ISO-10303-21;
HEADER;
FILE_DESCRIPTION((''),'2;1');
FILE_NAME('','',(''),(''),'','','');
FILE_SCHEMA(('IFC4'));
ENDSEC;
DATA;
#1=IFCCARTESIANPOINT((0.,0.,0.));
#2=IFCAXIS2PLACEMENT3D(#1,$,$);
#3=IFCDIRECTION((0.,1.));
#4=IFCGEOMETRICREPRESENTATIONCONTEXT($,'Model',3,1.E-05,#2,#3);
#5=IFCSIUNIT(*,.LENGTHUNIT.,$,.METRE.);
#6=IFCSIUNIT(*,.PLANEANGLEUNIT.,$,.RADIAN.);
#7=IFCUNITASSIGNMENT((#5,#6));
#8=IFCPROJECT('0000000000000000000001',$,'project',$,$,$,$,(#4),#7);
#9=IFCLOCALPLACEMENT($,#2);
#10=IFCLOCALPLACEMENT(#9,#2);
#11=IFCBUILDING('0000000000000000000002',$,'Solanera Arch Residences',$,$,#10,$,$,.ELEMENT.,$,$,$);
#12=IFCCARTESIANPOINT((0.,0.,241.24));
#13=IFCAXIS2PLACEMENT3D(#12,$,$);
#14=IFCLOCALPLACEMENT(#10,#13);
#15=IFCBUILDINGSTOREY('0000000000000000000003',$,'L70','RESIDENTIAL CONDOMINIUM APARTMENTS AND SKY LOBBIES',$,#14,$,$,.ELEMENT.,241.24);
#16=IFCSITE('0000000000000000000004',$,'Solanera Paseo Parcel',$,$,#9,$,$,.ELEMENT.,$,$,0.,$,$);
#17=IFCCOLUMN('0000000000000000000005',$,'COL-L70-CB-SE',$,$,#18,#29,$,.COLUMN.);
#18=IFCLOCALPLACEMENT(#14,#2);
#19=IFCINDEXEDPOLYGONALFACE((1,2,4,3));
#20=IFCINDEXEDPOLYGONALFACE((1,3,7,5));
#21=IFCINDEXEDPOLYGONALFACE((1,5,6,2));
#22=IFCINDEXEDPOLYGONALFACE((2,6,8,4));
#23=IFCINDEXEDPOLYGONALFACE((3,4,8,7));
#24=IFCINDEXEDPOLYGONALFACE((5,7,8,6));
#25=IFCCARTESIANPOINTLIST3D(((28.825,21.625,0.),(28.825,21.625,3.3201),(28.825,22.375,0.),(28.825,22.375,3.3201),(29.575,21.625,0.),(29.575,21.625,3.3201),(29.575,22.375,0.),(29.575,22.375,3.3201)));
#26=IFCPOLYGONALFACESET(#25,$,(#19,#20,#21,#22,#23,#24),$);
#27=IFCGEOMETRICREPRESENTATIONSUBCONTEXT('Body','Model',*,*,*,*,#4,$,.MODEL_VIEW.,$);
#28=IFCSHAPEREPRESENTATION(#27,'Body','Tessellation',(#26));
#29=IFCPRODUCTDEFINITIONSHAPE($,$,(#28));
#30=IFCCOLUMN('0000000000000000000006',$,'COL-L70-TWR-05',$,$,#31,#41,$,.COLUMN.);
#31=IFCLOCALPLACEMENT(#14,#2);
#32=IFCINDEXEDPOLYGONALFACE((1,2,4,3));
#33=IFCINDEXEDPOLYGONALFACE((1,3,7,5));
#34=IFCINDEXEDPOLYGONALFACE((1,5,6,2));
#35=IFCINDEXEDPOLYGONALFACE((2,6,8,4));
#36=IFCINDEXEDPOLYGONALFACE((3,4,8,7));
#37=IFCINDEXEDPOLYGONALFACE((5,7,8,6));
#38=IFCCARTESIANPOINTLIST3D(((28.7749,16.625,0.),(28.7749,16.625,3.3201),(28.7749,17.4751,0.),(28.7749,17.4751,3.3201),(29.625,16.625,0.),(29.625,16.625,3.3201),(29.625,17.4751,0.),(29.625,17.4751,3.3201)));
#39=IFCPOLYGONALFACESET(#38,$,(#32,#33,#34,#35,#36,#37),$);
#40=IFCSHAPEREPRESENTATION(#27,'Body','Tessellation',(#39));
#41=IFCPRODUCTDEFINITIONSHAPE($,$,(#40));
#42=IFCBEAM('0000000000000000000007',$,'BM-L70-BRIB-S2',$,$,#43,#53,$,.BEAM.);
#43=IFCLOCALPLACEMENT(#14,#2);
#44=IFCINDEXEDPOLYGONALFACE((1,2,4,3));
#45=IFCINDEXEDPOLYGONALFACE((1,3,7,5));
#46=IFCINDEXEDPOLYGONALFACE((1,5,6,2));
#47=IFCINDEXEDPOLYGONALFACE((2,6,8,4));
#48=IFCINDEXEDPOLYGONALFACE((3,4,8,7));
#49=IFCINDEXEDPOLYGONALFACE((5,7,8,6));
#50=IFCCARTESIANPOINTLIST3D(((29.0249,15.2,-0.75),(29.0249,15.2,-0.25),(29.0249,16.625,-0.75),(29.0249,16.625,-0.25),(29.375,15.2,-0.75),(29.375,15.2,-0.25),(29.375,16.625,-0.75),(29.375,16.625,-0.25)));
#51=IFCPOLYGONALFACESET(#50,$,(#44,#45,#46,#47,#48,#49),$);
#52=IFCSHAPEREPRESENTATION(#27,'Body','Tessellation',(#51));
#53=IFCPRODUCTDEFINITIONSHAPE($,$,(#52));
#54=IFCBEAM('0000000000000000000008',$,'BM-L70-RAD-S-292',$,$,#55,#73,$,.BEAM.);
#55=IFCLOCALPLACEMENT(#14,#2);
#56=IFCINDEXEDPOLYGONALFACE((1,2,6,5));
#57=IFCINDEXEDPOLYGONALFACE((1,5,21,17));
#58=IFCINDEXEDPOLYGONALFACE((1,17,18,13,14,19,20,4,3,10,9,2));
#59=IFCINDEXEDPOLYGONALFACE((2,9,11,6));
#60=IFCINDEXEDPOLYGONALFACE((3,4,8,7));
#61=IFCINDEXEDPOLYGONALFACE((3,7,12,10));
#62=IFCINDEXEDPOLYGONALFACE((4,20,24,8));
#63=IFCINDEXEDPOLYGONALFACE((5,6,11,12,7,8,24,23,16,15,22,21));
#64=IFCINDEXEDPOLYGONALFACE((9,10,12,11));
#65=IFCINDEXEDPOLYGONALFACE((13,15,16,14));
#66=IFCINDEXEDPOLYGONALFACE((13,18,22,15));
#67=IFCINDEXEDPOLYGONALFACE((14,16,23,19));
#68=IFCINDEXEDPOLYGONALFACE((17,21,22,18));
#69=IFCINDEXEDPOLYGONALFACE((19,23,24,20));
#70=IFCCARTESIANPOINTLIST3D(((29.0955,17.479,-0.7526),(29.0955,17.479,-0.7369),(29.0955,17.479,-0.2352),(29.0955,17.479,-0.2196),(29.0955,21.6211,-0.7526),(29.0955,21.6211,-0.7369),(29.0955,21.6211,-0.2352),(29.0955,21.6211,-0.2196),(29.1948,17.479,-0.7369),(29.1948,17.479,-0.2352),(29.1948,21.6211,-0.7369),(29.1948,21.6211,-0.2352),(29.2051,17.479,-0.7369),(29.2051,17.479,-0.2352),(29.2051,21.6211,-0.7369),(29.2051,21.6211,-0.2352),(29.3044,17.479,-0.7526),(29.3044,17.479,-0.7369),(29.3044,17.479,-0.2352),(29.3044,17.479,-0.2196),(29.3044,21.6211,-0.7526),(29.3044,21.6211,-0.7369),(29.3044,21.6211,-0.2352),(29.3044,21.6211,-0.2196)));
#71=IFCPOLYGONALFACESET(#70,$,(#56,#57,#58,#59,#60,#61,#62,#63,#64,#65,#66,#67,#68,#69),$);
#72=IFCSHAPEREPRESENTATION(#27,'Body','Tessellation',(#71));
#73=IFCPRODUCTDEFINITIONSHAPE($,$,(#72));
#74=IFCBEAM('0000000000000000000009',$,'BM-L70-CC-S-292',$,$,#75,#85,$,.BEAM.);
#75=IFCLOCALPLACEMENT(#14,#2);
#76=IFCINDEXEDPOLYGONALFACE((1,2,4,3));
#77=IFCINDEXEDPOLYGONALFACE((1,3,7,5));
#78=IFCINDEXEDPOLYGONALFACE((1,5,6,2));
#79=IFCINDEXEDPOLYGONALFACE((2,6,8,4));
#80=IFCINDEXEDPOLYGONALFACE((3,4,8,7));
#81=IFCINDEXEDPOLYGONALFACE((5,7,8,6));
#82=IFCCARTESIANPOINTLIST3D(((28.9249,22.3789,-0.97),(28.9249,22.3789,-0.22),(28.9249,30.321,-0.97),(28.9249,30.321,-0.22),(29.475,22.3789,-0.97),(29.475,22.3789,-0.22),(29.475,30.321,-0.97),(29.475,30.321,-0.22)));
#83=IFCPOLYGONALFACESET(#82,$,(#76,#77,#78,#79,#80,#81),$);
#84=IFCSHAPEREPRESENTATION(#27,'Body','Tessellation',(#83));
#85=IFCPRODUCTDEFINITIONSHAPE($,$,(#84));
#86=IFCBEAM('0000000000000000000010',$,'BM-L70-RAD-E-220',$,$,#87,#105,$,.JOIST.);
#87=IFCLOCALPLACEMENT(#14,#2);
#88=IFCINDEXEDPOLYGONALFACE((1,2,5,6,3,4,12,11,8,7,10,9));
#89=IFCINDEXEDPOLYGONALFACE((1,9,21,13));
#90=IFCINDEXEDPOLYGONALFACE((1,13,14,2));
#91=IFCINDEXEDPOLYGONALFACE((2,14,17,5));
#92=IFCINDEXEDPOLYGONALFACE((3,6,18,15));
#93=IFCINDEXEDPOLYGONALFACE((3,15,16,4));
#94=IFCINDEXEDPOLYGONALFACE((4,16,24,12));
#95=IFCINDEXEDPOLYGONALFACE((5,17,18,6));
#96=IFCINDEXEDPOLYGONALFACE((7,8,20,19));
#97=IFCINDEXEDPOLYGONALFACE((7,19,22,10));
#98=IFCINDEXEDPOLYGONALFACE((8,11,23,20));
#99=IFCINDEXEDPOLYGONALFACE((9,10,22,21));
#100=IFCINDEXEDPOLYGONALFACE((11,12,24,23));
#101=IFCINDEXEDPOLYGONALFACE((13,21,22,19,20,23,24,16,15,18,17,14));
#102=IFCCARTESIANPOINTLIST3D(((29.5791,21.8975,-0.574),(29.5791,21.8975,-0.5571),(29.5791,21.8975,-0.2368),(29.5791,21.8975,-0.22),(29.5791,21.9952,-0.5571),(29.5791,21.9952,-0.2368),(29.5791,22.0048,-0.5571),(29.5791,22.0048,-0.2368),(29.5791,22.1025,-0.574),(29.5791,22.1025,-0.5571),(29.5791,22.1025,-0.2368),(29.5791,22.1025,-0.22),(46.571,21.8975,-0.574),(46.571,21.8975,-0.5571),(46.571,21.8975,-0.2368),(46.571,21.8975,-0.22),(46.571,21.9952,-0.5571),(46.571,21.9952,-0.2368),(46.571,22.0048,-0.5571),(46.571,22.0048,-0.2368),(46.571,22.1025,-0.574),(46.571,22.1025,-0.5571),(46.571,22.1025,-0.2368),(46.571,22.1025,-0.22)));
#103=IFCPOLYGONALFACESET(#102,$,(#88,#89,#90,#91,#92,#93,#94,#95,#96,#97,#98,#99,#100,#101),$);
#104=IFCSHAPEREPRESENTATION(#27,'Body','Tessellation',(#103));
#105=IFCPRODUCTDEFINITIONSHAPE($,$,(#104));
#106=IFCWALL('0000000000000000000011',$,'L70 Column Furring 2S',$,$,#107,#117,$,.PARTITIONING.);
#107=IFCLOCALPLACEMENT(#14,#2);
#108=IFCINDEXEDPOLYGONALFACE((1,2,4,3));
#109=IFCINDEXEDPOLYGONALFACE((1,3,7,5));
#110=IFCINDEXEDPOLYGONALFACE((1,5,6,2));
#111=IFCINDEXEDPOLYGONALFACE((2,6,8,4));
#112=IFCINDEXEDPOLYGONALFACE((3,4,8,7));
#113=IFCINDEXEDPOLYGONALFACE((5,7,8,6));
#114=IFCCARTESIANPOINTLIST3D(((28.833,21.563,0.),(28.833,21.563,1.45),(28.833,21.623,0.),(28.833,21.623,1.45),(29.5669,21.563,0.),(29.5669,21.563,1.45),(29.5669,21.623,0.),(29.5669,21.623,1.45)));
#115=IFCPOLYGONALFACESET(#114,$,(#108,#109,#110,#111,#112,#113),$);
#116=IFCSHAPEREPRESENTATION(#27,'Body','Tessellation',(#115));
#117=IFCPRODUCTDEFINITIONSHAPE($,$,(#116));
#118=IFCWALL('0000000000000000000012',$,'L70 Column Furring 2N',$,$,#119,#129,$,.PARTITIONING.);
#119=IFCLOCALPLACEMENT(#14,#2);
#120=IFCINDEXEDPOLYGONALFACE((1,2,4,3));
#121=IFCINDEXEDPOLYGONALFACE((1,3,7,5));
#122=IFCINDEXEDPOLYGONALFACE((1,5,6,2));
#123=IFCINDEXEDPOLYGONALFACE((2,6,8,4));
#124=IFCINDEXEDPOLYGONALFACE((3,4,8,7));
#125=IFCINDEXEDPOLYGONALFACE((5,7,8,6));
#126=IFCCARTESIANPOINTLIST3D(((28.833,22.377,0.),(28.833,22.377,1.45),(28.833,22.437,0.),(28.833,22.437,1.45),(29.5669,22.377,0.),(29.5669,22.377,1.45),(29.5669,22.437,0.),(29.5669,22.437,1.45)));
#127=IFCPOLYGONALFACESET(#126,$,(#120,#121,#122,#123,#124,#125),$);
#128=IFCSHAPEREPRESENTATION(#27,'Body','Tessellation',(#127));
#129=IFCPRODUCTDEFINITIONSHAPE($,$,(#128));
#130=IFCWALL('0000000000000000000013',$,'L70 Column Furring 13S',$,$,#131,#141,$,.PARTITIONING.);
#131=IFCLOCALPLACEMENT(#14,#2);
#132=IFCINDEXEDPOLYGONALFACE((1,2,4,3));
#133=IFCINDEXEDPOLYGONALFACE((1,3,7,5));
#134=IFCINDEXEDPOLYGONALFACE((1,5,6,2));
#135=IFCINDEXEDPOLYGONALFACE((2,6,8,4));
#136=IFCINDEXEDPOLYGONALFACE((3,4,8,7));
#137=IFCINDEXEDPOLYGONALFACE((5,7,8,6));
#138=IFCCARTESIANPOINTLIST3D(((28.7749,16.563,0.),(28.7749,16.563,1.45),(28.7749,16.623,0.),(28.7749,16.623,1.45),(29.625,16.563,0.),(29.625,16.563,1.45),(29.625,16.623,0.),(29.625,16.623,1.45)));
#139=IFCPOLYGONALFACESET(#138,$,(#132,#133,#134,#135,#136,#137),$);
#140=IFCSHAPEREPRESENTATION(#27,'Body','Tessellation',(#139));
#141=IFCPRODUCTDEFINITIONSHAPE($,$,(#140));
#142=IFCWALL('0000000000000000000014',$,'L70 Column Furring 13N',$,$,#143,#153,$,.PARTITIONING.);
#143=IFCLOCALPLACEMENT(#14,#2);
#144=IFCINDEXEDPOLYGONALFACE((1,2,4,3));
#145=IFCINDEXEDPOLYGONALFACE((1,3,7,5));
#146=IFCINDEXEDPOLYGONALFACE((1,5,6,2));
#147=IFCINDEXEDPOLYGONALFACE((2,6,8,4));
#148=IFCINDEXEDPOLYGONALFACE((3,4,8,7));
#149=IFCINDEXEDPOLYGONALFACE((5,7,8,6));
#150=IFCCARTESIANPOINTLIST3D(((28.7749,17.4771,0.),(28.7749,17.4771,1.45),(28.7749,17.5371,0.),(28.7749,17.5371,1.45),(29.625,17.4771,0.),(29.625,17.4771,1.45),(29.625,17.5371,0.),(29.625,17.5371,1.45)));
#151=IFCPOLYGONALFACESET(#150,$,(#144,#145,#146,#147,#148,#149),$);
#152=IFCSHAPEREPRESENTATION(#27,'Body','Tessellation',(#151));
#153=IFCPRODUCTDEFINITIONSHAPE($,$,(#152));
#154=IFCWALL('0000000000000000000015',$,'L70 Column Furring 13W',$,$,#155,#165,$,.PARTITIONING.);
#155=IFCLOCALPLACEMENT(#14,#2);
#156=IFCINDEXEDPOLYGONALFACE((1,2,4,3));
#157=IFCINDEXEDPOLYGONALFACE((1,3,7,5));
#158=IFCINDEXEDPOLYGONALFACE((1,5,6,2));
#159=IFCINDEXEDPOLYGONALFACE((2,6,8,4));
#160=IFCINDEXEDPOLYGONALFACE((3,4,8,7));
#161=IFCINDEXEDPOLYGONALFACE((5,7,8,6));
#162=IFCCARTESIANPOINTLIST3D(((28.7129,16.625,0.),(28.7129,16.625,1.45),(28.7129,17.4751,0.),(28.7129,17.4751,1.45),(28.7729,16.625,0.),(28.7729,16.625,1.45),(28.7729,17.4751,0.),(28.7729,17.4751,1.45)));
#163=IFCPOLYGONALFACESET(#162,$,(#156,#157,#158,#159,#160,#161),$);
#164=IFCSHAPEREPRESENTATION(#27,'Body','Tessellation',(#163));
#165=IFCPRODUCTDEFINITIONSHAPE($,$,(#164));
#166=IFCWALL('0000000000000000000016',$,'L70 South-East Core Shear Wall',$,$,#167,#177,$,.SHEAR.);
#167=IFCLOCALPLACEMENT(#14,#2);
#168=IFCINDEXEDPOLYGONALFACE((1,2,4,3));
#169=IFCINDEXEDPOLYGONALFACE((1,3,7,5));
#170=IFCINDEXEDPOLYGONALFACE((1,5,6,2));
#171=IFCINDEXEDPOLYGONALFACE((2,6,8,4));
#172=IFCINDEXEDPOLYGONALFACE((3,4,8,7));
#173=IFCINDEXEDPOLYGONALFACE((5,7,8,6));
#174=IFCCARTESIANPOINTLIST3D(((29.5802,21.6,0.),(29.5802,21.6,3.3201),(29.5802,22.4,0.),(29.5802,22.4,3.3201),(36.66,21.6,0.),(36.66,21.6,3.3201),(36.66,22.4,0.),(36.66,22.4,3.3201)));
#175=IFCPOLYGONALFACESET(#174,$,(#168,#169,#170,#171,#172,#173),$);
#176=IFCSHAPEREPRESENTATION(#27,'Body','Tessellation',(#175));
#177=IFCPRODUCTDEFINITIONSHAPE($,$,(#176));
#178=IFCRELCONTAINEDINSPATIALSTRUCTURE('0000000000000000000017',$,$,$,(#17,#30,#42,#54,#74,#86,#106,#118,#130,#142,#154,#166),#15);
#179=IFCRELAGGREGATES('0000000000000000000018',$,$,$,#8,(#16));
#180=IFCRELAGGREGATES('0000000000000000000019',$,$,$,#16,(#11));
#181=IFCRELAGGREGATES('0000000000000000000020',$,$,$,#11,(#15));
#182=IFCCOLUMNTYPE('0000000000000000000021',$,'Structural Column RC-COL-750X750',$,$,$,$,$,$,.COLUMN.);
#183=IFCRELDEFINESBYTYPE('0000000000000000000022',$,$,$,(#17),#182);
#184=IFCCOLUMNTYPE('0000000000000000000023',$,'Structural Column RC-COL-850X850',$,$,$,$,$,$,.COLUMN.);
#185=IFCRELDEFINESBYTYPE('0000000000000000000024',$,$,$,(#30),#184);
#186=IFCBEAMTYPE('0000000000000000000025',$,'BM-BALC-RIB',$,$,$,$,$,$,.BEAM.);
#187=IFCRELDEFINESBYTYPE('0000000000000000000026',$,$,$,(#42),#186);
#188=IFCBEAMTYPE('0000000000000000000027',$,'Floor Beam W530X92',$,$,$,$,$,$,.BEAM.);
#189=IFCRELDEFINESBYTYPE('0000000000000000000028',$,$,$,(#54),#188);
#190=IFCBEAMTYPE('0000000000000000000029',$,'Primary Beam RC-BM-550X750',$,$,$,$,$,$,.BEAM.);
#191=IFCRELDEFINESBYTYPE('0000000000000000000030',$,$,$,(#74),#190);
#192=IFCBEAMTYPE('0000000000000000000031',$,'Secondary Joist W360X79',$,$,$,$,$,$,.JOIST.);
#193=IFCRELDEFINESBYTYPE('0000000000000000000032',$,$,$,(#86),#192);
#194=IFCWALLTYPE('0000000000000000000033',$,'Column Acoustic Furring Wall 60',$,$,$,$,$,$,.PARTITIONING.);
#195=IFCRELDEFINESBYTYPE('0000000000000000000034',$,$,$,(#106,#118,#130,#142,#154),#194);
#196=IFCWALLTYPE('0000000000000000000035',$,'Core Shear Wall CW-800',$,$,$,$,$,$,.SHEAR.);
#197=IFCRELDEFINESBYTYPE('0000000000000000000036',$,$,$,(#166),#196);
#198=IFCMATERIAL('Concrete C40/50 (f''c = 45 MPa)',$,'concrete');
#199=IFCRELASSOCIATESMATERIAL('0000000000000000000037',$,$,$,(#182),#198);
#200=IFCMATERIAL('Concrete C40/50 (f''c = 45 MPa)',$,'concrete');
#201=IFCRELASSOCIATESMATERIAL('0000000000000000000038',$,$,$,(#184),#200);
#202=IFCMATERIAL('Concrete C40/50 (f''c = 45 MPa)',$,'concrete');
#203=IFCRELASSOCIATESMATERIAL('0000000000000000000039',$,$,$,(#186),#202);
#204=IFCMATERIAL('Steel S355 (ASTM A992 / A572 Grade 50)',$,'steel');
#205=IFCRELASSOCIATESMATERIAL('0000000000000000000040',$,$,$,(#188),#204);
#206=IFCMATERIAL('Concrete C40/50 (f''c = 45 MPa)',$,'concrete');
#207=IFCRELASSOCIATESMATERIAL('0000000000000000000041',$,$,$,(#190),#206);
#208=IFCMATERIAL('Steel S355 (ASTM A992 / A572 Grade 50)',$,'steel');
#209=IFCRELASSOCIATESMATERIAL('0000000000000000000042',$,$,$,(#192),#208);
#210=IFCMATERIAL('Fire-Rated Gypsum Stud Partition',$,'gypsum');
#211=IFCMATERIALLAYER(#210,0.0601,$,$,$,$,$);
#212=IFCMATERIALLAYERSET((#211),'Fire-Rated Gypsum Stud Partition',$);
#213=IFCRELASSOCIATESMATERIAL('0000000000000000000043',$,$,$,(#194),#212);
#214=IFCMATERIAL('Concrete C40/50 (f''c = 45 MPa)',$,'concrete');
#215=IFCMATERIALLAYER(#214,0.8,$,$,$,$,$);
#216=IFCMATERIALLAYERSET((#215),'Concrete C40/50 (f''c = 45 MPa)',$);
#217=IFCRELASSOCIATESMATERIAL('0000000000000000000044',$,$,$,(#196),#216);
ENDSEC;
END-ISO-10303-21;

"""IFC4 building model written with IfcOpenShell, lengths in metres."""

from ifc_helpers import new_model, si_unit, direction, frame, frame_2d, origin, origin_2d, place, context, subcontext, project, spatial, rectangle, i_section, extrude, material, layer, layer_set, material_profile, profile_set, type_object, element, save


model = new_model("IFC4")

# Units and contexts
model_context = context("Model", 3, precision=1e-05, world=origin(), true_north=direction((0.0, 1.0)))
body_context = subcontext(model_context, "Body", "Model", "MODEL_VIEW")
ifc_project = project(units=[si_unit("LENGTHUNIT", "METRE"), si_unit("PLANEANGLEUNIT", "RADIAN")], contexts=[model_context])

# Site, building, storey
site_placement = place(None, origin())
site = spatial("IfcSite", under=ifc_project, at=site_placement, Name="Solanera Paseo Parcel", CompositionType="ELEMENT", RefElevation=0.0)
building_placement = place(site_placement, origin())
building = spatial("IfcBuilding", under=site, at=building_placement, Name="Solanera Arch Residences", CompositionType="ELEMENT")
storey_placement = place(building_placement, frame((0.0, 0.0, 241.24)))
storey = spatial("IfcBuildingStorey", under=building, at=storey_placement, Name="L70", Description="RESIDENTIAL CONDOMINIUM APARTMENTS AND SKY LOBBIES", CompositionType="ELEMENT", Elevation=241.24)

# Columns
ifc_material_1 = material(Name="Concrete C40/50 (f'c = 45 MPa)", Category="concrete")
ifc_material_profile_1 = material_profile(ifc_material_1, rectangle(XDim=0.75, YDim=0.75, at=origin_2d()))
ifc_profile_set_1 = profile_set([ifc_material_profile_1], Name="Concrete C40/50 (f'c = 45 MPa)")
column_type_1 = type_object("IfcColumnType", Name="Structural Column RC-COL-750X750", PredefinedType="COLUMN", material=ifc_profile_set_1)
column_1_placement = place(storey_placement, frame((29.2, 22.0, 0.0), z_axis=(0.0, 0.0, 1.0), x_axis=(1.0, 0.0, 0.0)))
element("IfcColumn", 1, at=column_1_placement, inside=storey, type_object=column_type_1, Name="COL-L70-CB-SE", PredefinedType="COLUMN", context=body_context, shape_type="SweptSolid", body=[
    extrude(rectangle(XDim=0.75, YDim=0.75, at=origin_2d()), origin(), (0.0, 0.0, 1.0), 3.3201),
])
ifc_material_2 = material(Name="Concrete C40/50 (f'c = 45 MPa)", Category="concrete")
ifc_material_profile_2 = material_profile(ifc_material_2, rectangle(XDim=0.8501, YDim=0.8501, at=origin_2d()))
ifc_profile_set_2 = profile_set([ifc_material_profile_2], Name="Concrete C40/50 (f'c = 45 MPa)")
column_type_2 = type_object("IfcColumnType", Name="Structural Column RC-COL-850X850", PredefinedType="COLUMN", material=ifc_profile_set_2)
column_2_placement = place(storey_placement, frame((29.2, 17.05, 0.0), z_axis=(0.0, 0.0, 1.0), x_axis=(1.0, 0.0, 0.0)))
element("IfcColumn", 2, at=column_2_placement, inside=storey, type_object=column_type_2, Name="COL-L70-TWR-05", PredefinedType="COLUMN", context=body_context, shape_type="SweptSolid", body=[
    extrude(rectangle(XDim=0.8501, YDim=0.8501, at=origin_2d()), origin(), (0.0, 0.0, 1.0), 3.3201),
])

# Beams
ifc_material_3 = material(Name="Concrete C40/50 (f'c = 45 MPa)", Category="concrete")
ifc_material_profile_3 = material_profile(ifc_material_3, rectangle(XDim=0.3501, YDim=0.5, at=origin_2d()))
ifc_profile_set_3 = profile_set([ifc_material_profile_3], Name="Concrete C40/50 (f'c = 45 MPa)")
beam_type_1 = type_object("IfcBeamType", Name="BM-BALC-RIB", PredefinedType="BEAM", material=ifc_profile_set_3)
beam_1_placement = place(storey_placement, frame((29.2, 15.2, -0.5), z_axis=(0.0, 1.0, 0.0), x_axis=(-1.0, 0.0, 0.0)))
element("IfcBeam", 3, at=beam_1_placement, inside=storey, type_object=beam_type_1, Name="BM-L70-BRIB-S2", PredefinedType="BEAM", context=body_context, shape_type="SweptSolid", body=[
    extrude(rectangle(XDim=0.3501, YDim=0.5, at=origin_2d()), origin(), (0.0, 0.0, 1.0), 1.425),
])
ifc_material_4 = material(Name="Steel S355 (ASTM A992 / A572 Grade 50)", Category="steel")
ifc_material_profile_4 = material_profile(ifc_material_4, i_section(OverallWidth=0.209, OverallDepth=0.533, WebThickness=0.0103, FlangeThickness=0.0156, at=origin_2d()))
ifc_profile_set_4 = profile_set([ifc_material_profile_4], Name="Steel S355 (ASTM A992 / A572 Grade 50)")
beam_type_2 = type_object("IfcBeamType", Name="Floor Beam W530X92", PredefinedType="BEAM", material=ifc_profile_set_4)
beam_2_placement = place(storey_placement, frame((29.2, 17.479, -0.4861), z_axis=(0.0, 1.0, 0.0), x_axis=(-1.0, 0.0, 0.0)))
element("IfcBeam", 4, at=beam_2_placement, inside=storey, type_object=beam_type_2, Name="BM-L70-RAD-S-292", PredefinedType="BEAM", context=body_context, shape_type="SweptSolid", body=[
    extrude(i_section(OverallWidth=0.209, OverallDepth=0.533, WebThickness=0.0103, FlangeThickness=0.0156, at=origin_2d()), origin(), (0.0, 0.0, 1.0), 4.1421),
])
ifc_material_5 = material(Name="Concrete C40/50 (f'c = 45 MPa)", Category="concrete")
ifc_material_profile_5 = material_profile(ifc_material_5, rectangle(XDim=0.55, YDim=0.75, at=origin_2d()))
ifc_profile_set_5 = profile_set([ifc_material_profile_5], Name="Concrete C40/50 (f'c = 45 MPa)")
beam_type_3 = type_object("IfcBeamType", Name="Primary Beam RC-BM-550X750", PredefinedType="BEAM", material=ifc_profile_set_5)
beam_3_placement = place(storey_placement, frame((29.2, 22.3789, -0.595), z_axis=(0.0, 1.0, 0.0), x_axis=(-1.0, 0.0, 0.0)))
element("IfcBeam", 5, at=beam_3_placement, inside=storey, type_object=beam_type_3, Name="BM-L70-CC-S-292", PredefinedType="BEAM", context=body_context, shape_type="SweptSolid", body=[
    extrude(rectangle(XDim=0.55, YDim=0.75, at=origin_2d()), origin(), (0.0, 0.0, 1.0), 7.9421),
])
ifc_material_6 = material(Name="Steel S355 (ASTM A992 / A572 Grade 50)", Category="steel")
ifc_material_profile_6 = material_profile(ifc_material_6, i_section(OverallWidth=0.2051, OverallDepth=0.354, WebThickness=0.0095, FlangeThickness=0.0168, at=origin_2d()))
ifc_profile_set_6 = profile_set([ifc_material_profile_6], Name="Steel S355 (ASTM A992 / A572 Grade 50)")
beam_type_4 = type_object("IfcBeamType", Name="Secondary Joist W360X79", PredefinedType="JOIST", material=ifc_profile_set_6)
beam_4_placement = place(storey_placement, frame((29.5791, 22.0, -0.397), z_axis=(1.0, 0.0, 0.0), x_axis=(0.0, 1.0, 0.0)))
element("IfcBeam", 6, at=beam_4_placement, inside=storey, type_object=beam_type_4, Name="BM-L70-RAD-E-220", PredefinedType="JOIST", context=body_context, shape_type="SweptSolid", body=[
    extrude(i_section(OverallWidth=0.2051, OverallDepth=0.354, WebThickness=0.0095, FlangeThickness=0.0168, at=origin_2d()), origin(), (0.0, 0.0, 1.0), 16.9919),
])

# Walls
ifc_material_7 = material(Name="Fire-Rated Gypsum Stud Partition", Category="gypsum")
ifc_layer_1 = layer(ifc_material_7, 0.0601)
ifc_layer_set_1 = layer_set([ifc_layer_1], Name="Fire-Rated Gypsum Stud Partition")
wall_type_1 = type_object("IfcWallType", Name="Column Acoustic Furring Wall 60", PredefinedType="PARTITIONING", material=ifc_layer_set_1)
for number, where, z_axis, x_axis, name in (
    (7, (28.833, 21.593, 0.0), (0.0, 0.0, 1.0), (1.0, 0.0, 0.0), "L70 Column Furring 2S"),
    (8, (28.833, 22.407, 0.0), (0.0, 0.0, 1.0), (1.0, 0.0, 0.0), "L70 Column Furring 2N"),
):
    element("IfcWall", number, at=place(storey_placement, frame(where, z_axis=z_axis, x_axis=x_axis)), inside=storey, type_object=wall_type_1, Name=name, PredefinedType="PARTITIONING", context=body_context, shape_type="SweptSolid", body=[
        extrude(rectangle(XDim=0.7339, YDim=0.0601, at=frame_2d((0.3669, 0.0))), origin(), (0.0, 0.0, 1.0), 1.45),
    ])
for number, where, z_axis, x_axis, name in (
    (9, (28.7749, 16.593, 0.0), (0.0, 0.0, 1.0), (1.0, 0.0, 0.0), "L70 Column Furring 13S"),
    (10, (28.7749, 17.5071, 0.0), (0.0, 0.0, 1.0), (1.0, 0.0, 0.0), "L70 Column Furring 13N"),
    (11, (28.7429, 16.625, 0.0), (0.0, 0.0, 1.0), (0.0, 1.0, 0.0), "L70 Column Furring 13W"),
):
    element("IfcWall", number, at=place(storey_placement, frame(where, z_axis=z_axis, x_axis=x_axis)), inside=storey, type_object=wall_type_1, Name=name, PredefinedType="PARTITIONING", context=body_context, shape_type="SweptSolid", body=[
        extrude(rectangle(XDim=0.8501, YDim=0.0601, at=frame_2d((0.425, 0.0))), origin(), (0.0, 0.0, 1.0), 1.45),
    ])
ifc_material_8 = material(Name="Concrete C40/50 (f'c = 45 MPa)", Category="concrete")
ifc_layer_2 = layer(ifc_material_8, 0.8)
ifc_layer_set_2 = layer_set([ifc_layer_2], Name="Concrete C40/50 (f'c = 45 MPa)")
wall_type_2 = type_object("IfcWallType", Name="Core Shear Wall CW-800", PredefinedType="SHEAR", material=ifc_layer_set_2)
wall_1_placement = place(storey_placement, frame((29.5801, 22.0, 0.0), z_axis=(0.0, 0.0, 1.0), x_axis=(1.0, 0.0, 0.0)))
element("IfcWall", 12, at=wall_1_placement, inside=storey, type_object=wall_type_2, Name="L70 South-East Core Shear Wall", PredefinedType="SHEAR", context=body_context, shape_type="SweptSolid", body=[
    extrude(rectangle(XDim=7.0798, YDim=0.8, at=frame_2d((3.54, 0.0))), origin(), (0.0, 0.0, 1.0), 3.3201),
])

save(model, "model.ifc")
